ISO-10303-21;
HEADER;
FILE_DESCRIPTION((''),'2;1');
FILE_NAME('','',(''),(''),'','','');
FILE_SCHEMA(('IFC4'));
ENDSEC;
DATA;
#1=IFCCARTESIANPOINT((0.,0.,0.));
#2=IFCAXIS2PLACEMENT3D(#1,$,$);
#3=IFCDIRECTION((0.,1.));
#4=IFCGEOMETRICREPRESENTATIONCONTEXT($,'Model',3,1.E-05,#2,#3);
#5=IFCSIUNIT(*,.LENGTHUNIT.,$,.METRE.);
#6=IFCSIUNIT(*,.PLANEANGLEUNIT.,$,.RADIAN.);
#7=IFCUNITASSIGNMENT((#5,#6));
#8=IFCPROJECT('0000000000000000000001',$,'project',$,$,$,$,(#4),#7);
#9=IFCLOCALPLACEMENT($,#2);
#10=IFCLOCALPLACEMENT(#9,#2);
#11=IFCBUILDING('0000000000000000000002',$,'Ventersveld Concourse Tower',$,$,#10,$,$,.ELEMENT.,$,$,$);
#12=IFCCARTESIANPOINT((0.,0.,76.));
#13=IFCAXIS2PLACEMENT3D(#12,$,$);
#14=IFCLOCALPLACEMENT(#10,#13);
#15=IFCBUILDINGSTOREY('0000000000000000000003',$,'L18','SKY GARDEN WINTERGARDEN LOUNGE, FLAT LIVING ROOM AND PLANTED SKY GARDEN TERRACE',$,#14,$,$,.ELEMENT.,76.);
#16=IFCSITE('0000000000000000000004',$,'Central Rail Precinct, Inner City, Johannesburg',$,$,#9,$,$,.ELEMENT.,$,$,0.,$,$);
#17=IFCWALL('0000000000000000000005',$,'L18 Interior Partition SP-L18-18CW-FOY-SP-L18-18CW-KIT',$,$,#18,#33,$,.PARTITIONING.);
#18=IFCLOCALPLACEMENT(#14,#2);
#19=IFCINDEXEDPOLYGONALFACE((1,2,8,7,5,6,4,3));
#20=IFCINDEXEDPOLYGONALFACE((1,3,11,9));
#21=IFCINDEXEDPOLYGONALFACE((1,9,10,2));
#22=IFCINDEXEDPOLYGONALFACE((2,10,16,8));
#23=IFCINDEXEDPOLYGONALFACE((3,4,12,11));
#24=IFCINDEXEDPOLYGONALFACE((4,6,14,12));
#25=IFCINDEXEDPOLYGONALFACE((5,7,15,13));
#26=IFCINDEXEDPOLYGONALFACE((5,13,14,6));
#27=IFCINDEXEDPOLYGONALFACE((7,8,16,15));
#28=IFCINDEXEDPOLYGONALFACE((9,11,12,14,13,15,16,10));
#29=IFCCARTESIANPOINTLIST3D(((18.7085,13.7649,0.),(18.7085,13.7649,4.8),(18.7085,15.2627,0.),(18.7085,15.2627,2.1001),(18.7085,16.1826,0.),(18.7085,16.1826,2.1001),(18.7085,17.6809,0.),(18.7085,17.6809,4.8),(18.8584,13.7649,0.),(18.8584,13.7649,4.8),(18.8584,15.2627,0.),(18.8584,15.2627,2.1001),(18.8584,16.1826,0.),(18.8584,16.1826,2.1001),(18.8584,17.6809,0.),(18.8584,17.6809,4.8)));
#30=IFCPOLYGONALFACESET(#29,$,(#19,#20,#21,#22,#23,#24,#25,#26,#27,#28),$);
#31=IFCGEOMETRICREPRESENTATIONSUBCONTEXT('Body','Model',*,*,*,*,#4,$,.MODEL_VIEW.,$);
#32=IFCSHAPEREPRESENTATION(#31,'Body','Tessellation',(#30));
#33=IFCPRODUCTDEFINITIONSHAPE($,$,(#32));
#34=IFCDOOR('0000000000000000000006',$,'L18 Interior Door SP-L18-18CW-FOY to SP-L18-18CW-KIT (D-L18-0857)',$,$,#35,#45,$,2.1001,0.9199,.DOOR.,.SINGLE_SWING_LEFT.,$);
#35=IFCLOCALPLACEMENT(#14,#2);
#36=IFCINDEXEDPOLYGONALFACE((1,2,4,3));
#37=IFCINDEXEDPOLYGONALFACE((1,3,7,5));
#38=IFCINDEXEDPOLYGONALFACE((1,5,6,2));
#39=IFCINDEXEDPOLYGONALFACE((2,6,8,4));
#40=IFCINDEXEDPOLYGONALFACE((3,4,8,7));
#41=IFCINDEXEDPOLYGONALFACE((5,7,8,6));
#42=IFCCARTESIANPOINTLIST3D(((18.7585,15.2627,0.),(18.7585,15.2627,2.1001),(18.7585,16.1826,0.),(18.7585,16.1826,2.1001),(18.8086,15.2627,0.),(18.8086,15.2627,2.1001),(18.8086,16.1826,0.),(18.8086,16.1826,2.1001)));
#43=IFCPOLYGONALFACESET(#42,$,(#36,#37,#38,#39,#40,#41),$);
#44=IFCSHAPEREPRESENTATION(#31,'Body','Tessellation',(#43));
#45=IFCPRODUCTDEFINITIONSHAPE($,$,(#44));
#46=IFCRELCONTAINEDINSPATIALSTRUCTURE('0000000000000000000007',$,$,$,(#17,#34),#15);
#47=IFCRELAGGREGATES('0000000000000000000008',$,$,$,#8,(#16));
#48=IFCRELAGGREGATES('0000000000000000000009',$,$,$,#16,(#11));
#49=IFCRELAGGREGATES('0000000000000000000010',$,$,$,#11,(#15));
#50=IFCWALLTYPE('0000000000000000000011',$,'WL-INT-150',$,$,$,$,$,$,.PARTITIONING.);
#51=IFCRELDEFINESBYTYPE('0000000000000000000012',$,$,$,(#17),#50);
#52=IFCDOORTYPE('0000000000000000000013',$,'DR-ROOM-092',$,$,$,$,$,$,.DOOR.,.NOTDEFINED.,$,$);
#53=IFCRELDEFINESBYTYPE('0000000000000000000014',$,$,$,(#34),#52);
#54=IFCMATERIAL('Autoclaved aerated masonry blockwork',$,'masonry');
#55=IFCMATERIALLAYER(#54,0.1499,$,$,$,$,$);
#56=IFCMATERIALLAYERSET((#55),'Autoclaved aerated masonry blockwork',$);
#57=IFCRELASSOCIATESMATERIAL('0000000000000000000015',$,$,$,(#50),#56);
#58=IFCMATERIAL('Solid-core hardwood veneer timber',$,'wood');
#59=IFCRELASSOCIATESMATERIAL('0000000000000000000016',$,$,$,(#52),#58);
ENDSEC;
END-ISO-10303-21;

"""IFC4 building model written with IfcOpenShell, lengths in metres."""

from ifc_helpers import new_model, si_unit, direction, frame, frame_2d, origin, place, context, subcontext, project, spatial, rectangle, extrude, material, layer, layer_set, type_object, element, fill, save


model = new_model("IFC4")

# Units and contexts
model_context = context("Model", 3, precision=1e-05, world=origin(), true_north=direction((0.0, 1.0)))
body_context = subcontext(model_context, "Body", "Model", "MODEL_VIEW")
ifc_project = project(units=[si_unit("LENGTHUNIT", "METRE"), si_unit("PLANEANGLEUNIT", "RADIAN")], contexts=[model_context])

# Site, building, storey
site_placement = place(None, origin())
site = spatial("IfcSite", under=ifc_project, at=site_placement, Name="Central Rail Precinct, Inner City, Johannesburg", CompositionType="ELEMENT", RefElevation=0.0)
building_placement = place(site_placement, origin())
building = spatial("IfcBuilding", under=site, at=building_placement, Name="Ventersveld Concourse Tower", CompositionType="ELEMENT")
storey_placement = place(building_placement, frame((0.0, 0.0, 76.0)))
storey = spatial("IfcBuildingStorey", under=building, at=storey_placement, Name="L18", Description="SKY GARDEN WINTERGARDEN LOUNGE, FLAT LIVING ROOM AND PLANTED SKY GARDEN TERRACE", CompositionType="ELEMENT", Elevation=76.0)

# Wall, opening, door
ifc_material_1 = material(Name="Autoclaved aerated masonry blockwork", Category="masonry")
ifc_layer_1 = layer(ifc_material_1, 0.1499)
ifc_layer_set_1 = layer_set([ifc_layer_1], Name="Autoclaved aerated masonry blockwork")
wall_type_1 = type_object("IfcWallType", Name="WL-INT-150", PredefinedType="PARTITIONING", material=ifc_layer_set_1)
wall_1_placement = place(storey_placement, frame((18.7834, 13.7649, 0.0), z_axis=(0.0, 0.0, 1.0), x_axis=(0.0, 1.0, 0.0)))
wall_1 = element("IfcWall", 1, at=wall_1_placement, inside=storey, type_object=wall_type_1, Name="L18 Interior Partition SP-L18-18CW-FOY-SP-L18-18CW-KIT", PredefinedType="PARTITIONING", context=body_context, shape_type="SweptSolid", body=[
    extrude(rectangle(XDim=3.916, YDim=0.1499, at=frame_2d((1.958, 0.0))), origin(), (0.0, 0.0, 1.0), 4.8),
])
opening_1_placement = place(wall_1_placement, frame((1.4978, 0.0, 0.0)))
opening_1 = element("IfcOpeningElement", 2, at=opening_1_placement, cuts=wall_1, PredefinedType="OPENING", context=body_context, shape_type="SweptSolid", body=[
    extrude(rectangle(XDim=0.9199, YDim=2.1001, at=frame_2d((0.46, 1.05))), frame((0.0, 0.085, 0.0), z_axis=(0.0, -1.0, 0.0), x_axis=(1.0, 0.0, 0.0)), (0.0, 0.0, 1.0), 0.1699),
])
ifc_material_2 = material(Name="Solid-core hardwood veneer timber", Category="wood")
door_type_1 = type_object("IfcDoorType", Name="DR-ROOM-092", OperationType="NOTDEFINED", PredefinedType="DOOR", material=ifc_material_2)
door_1_placement = place(opening_1_placement, origin())
door_1 = element("IfcDoor", 3, at=door_1_placement, inside=storey, type_object=door_type_1, Name="L18 Interior Door SP-L18-18CW-FOY to SP-L18-18CW-KIT (D-L18-0857)", OperationType="SINGLE_SWING_LEFT", OverallHeight=2.1001, OverallWidth=0.9199, PredefinedType="DOOR", context=body_context, shape_type="SweptSolid", body=[
    extrude(rectangle(XDim=0.9199, YDim=2.1001, at=frame_2d((0.46, 1.05))), frame((0.0, 0.0249, 0.0), z_axis=(0.0, -1.0, 0.0), x_axis=(1.0, 0.0, 0.0)), (0.0, 0.0, 1.0), 0.05),
])
fill(opening_1, door_1)

save(model, "model.ifc")
